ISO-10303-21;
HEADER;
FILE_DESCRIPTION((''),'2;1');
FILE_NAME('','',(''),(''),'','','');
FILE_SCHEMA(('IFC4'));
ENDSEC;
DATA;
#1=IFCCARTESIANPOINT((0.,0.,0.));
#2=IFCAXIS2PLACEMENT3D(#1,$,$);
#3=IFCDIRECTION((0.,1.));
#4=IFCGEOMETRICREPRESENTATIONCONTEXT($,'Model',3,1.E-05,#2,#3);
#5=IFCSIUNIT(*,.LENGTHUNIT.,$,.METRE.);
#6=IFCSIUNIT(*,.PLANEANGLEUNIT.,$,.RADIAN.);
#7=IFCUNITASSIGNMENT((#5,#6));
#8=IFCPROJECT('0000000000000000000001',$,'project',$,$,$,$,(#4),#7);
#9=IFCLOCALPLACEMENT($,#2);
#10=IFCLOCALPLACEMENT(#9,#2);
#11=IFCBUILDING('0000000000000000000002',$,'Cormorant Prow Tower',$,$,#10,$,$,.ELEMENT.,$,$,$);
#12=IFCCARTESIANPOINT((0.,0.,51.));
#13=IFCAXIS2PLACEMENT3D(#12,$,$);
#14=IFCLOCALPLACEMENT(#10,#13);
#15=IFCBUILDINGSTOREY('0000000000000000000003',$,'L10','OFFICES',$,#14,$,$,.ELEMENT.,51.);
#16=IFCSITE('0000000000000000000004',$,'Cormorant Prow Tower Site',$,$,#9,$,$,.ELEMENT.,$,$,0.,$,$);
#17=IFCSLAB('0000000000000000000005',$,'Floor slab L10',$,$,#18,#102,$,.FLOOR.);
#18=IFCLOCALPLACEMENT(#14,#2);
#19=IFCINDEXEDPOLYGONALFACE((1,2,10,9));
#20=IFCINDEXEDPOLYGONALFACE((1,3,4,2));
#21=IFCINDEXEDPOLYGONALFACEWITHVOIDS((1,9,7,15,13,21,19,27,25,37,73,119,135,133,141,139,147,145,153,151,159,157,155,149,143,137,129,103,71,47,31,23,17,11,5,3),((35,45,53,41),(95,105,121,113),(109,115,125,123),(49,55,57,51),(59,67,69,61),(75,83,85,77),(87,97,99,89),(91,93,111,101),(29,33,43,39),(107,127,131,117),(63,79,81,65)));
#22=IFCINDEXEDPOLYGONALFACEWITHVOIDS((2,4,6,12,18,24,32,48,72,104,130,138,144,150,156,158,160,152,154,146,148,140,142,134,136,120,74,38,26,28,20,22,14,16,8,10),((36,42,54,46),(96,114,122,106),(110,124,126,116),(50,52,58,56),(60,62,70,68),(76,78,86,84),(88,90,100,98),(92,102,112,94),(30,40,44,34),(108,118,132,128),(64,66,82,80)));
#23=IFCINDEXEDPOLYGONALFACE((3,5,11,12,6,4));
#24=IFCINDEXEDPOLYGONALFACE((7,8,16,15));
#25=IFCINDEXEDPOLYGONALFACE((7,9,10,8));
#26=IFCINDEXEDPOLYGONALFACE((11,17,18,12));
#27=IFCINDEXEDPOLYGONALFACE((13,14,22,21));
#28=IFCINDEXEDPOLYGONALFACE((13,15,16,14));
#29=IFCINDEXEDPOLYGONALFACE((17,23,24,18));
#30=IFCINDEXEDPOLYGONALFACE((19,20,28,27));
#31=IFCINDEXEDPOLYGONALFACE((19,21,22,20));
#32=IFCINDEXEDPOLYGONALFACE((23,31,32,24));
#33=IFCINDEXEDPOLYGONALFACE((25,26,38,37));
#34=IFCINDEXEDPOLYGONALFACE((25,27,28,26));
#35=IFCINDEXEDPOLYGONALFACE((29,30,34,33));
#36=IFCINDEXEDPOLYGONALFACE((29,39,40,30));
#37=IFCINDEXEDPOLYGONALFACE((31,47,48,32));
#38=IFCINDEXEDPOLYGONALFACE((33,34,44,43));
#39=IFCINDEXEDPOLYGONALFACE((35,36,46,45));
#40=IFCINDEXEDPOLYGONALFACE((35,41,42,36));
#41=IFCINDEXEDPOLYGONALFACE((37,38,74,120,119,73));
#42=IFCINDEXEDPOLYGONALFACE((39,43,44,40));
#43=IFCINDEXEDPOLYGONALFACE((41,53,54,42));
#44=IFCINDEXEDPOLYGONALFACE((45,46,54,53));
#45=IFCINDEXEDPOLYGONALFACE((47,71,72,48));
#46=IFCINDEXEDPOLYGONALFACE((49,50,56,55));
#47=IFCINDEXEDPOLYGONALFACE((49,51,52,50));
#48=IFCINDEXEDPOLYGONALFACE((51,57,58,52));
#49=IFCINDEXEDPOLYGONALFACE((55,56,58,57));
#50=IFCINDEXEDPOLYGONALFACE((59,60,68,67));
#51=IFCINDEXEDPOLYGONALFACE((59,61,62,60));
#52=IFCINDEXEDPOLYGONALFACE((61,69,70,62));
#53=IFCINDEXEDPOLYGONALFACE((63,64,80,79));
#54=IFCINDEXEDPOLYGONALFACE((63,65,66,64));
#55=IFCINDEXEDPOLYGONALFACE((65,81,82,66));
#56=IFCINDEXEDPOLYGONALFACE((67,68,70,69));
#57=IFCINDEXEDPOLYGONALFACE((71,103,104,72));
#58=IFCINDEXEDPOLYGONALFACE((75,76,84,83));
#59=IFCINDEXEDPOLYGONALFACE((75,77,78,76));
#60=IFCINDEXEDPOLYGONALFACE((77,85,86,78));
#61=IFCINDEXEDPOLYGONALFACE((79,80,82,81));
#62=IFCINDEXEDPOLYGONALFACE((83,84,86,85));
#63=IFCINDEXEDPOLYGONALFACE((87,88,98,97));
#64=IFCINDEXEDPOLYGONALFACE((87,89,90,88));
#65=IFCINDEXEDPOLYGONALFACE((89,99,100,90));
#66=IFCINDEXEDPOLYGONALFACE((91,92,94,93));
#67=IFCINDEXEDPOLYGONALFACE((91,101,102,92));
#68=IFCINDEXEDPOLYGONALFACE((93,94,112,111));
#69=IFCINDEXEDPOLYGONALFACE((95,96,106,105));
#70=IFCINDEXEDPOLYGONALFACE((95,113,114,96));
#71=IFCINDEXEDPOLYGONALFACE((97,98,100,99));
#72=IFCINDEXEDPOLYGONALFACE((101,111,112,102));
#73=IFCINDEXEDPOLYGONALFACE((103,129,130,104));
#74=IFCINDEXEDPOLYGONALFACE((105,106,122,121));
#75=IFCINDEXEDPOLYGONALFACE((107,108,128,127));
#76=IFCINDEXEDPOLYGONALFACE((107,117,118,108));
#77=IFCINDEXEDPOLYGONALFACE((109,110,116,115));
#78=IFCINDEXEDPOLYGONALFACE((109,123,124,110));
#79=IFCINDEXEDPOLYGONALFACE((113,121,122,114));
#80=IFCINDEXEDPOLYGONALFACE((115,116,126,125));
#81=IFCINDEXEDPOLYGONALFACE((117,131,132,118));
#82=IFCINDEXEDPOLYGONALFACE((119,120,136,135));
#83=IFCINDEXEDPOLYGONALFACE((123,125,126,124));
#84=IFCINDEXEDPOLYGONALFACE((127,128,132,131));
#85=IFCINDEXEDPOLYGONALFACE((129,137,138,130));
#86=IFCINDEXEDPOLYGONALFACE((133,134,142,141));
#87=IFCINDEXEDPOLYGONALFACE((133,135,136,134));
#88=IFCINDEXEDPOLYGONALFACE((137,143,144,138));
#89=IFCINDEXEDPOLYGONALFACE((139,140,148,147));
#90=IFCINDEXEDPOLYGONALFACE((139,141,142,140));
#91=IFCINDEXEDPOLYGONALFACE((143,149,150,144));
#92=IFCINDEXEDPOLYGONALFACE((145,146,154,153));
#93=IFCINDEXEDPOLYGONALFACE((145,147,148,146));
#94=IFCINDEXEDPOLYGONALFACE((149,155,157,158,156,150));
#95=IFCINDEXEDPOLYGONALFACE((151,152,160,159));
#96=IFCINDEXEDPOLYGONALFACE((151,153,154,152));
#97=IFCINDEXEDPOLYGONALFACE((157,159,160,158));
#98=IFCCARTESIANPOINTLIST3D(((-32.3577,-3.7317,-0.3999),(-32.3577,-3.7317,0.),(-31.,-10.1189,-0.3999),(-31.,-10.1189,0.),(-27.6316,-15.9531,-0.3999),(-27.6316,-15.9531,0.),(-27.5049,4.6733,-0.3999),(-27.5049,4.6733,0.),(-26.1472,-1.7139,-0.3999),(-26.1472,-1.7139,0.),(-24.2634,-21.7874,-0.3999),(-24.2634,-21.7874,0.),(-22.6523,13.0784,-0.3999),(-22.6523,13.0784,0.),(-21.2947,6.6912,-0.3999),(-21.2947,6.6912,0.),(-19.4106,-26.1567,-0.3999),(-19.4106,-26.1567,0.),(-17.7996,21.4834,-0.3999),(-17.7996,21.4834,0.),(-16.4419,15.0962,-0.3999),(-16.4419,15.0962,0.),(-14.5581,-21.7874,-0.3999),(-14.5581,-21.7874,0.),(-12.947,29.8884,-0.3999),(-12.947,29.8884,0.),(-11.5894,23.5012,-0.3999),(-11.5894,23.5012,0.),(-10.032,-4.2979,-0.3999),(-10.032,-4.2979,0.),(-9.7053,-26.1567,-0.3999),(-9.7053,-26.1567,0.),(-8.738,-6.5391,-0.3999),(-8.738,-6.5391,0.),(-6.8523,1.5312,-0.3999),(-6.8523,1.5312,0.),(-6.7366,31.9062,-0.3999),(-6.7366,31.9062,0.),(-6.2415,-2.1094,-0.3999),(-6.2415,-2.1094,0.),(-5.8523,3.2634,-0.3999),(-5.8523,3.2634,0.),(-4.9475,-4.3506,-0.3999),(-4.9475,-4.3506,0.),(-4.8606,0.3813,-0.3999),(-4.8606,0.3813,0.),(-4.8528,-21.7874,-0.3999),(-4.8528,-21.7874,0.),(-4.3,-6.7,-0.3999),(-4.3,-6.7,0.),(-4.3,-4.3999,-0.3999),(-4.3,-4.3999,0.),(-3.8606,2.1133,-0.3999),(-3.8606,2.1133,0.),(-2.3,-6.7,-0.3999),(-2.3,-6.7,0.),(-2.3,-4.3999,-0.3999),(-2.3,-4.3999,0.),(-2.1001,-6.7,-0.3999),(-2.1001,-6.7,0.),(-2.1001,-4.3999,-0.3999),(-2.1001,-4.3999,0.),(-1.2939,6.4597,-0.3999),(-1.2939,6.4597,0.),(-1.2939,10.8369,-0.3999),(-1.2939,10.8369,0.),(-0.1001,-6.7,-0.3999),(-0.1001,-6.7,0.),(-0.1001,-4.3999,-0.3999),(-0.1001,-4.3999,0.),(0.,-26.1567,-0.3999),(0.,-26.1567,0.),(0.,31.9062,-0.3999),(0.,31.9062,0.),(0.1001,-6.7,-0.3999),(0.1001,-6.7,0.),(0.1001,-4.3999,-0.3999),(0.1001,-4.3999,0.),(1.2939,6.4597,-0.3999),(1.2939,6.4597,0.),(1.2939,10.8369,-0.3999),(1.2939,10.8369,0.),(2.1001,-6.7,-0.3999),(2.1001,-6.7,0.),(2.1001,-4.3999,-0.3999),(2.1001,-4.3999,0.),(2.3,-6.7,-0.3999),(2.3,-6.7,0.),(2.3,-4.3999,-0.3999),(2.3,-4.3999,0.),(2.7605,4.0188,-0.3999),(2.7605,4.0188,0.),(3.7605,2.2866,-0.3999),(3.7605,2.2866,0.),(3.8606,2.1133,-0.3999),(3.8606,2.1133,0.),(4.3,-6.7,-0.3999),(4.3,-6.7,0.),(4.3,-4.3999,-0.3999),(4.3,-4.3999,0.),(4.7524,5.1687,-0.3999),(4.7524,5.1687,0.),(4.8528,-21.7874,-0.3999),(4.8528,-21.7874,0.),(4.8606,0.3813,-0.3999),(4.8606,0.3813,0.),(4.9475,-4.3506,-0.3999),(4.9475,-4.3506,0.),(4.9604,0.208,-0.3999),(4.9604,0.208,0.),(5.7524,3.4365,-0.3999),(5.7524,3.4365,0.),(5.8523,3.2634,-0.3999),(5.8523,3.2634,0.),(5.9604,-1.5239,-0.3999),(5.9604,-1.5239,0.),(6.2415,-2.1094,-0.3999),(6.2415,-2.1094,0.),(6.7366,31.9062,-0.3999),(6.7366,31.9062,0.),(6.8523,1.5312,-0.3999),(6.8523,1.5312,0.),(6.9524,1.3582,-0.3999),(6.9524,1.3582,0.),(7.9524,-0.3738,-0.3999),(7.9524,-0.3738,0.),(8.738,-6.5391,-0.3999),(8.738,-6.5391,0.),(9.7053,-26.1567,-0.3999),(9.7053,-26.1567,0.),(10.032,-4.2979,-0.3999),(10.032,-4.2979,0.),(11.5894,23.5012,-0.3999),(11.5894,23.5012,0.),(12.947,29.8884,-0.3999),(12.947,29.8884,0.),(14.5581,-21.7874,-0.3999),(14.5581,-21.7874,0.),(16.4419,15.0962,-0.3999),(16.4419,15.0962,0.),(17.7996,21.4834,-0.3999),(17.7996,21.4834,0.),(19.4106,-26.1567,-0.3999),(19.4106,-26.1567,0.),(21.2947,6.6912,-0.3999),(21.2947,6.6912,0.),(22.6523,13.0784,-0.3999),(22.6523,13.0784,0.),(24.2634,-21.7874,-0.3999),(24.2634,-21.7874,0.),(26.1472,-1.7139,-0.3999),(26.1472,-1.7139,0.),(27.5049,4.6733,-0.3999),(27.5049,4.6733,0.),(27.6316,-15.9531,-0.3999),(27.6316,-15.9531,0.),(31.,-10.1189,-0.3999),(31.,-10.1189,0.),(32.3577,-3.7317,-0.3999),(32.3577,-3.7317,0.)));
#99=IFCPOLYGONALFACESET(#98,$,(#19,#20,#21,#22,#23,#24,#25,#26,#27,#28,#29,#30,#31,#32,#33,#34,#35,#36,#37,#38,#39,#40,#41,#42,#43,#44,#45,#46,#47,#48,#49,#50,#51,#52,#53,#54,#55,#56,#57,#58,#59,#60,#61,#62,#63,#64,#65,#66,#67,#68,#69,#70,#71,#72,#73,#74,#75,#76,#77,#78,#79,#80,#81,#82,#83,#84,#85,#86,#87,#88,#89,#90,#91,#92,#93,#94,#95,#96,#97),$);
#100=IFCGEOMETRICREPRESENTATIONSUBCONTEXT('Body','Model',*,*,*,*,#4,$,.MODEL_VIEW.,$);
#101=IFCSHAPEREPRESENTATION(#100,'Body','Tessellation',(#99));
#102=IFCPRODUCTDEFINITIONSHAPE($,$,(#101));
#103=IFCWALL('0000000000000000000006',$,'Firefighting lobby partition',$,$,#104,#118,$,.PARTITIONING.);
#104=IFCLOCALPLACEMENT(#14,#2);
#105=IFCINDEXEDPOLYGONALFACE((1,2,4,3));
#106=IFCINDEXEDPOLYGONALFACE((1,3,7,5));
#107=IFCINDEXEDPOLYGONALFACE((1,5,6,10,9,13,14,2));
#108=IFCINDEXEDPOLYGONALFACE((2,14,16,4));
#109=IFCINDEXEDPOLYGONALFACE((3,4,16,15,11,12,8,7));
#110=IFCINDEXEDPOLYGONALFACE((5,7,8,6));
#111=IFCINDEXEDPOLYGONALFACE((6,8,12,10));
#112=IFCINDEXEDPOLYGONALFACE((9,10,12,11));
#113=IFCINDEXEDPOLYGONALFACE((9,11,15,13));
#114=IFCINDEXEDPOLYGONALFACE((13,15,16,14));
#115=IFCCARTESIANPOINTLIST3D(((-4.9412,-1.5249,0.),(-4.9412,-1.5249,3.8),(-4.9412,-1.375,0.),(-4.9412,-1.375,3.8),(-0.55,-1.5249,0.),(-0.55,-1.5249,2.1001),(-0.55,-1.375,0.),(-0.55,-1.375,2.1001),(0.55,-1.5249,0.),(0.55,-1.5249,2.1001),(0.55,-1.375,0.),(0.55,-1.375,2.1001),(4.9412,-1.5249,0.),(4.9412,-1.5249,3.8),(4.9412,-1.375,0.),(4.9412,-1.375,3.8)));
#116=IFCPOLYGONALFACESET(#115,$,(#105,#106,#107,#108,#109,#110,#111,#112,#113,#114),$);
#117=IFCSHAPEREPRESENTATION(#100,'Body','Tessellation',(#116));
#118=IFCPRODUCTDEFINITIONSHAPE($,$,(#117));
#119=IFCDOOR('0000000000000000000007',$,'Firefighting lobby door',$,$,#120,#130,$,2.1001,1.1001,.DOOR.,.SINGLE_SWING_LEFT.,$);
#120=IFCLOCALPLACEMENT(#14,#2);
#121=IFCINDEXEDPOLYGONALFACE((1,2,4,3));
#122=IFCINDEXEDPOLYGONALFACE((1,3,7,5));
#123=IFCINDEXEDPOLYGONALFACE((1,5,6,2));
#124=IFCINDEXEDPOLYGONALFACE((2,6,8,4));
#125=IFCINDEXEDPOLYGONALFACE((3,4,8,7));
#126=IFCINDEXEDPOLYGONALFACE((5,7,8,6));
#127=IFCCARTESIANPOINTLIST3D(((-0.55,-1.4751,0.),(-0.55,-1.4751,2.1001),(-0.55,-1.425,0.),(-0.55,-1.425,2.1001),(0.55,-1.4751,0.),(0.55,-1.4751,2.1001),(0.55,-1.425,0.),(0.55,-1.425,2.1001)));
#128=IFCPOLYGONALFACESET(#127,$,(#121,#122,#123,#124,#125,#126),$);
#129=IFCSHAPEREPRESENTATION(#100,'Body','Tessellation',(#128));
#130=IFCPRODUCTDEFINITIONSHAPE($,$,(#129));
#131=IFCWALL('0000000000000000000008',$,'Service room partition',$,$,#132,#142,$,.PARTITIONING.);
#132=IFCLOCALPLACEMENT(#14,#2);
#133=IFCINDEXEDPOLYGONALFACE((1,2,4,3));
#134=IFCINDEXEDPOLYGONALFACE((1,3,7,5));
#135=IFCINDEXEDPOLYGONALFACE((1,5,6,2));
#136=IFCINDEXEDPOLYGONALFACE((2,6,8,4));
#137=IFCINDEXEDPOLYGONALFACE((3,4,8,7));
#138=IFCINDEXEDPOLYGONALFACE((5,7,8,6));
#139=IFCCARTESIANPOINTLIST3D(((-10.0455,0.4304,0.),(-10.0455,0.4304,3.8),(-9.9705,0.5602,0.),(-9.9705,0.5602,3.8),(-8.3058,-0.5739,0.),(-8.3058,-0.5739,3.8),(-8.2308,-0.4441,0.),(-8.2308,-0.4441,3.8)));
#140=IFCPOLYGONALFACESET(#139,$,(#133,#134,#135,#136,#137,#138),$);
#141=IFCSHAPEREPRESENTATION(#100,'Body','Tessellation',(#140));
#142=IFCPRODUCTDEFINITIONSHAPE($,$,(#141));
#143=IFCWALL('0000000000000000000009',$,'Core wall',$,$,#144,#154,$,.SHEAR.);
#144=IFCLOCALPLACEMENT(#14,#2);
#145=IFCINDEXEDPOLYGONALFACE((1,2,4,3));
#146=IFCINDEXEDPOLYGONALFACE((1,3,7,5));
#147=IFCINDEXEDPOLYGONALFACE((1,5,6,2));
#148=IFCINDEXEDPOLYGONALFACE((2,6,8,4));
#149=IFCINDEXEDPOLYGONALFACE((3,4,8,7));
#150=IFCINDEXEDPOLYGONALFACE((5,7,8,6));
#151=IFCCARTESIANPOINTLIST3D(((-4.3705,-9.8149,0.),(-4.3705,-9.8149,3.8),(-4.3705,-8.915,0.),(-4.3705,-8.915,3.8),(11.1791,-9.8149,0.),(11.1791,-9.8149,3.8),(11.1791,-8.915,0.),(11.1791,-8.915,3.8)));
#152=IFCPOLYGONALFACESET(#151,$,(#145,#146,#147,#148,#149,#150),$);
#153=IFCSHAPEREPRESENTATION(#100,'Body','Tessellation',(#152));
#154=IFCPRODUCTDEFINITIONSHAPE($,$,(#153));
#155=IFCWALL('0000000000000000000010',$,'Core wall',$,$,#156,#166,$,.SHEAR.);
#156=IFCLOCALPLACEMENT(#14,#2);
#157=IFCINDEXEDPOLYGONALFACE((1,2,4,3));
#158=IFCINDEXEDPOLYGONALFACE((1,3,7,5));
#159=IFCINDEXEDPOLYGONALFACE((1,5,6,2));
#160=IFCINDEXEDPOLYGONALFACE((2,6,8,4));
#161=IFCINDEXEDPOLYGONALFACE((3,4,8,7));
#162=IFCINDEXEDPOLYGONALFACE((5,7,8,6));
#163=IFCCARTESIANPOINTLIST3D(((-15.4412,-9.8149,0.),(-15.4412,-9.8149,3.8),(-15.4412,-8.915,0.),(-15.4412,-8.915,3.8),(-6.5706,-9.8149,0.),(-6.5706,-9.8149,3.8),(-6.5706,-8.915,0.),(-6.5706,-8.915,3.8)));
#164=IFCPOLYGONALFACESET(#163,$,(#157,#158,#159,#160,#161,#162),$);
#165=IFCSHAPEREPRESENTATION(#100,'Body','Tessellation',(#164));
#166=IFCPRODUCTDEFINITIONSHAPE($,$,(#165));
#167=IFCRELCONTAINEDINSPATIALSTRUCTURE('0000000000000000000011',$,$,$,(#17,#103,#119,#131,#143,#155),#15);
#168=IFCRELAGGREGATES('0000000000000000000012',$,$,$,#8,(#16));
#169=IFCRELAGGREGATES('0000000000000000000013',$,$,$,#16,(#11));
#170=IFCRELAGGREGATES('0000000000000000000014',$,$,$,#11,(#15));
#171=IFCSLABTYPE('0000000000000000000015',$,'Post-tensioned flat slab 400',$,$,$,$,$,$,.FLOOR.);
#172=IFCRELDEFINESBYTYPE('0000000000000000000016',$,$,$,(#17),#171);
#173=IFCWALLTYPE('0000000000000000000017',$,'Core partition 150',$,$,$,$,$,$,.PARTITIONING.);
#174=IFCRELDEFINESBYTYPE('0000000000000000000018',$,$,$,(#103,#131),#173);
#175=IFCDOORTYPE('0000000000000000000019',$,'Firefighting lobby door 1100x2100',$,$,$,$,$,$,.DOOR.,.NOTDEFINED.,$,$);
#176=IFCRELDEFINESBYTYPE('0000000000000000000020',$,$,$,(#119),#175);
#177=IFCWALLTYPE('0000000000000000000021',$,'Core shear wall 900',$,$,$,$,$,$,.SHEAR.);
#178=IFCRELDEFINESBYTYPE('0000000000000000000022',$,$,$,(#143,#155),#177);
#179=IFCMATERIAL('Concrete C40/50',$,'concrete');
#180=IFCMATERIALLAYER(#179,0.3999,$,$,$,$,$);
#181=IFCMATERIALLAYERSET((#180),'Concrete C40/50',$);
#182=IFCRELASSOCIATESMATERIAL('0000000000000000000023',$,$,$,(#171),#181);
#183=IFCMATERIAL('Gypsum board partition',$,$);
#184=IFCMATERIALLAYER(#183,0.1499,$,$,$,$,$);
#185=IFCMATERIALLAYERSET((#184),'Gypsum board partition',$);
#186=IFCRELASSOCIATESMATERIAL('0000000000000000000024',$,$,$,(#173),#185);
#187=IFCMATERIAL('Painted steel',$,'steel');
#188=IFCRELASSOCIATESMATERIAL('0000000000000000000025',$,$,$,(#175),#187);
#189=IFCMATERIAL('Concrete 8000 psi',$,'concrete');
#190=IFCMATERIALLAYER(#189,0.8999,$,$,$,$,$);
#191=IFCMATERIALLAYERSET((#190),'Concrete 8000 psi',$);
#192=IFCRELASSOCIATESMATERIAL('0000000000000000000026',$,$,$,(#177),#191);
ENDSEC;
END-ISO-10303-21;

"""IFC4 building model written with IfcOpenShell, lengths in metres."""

from ifc_helpers import new_model, si_unit, direction, frame, frame_2d, origin, place, context, subcontext, project, spatial, polyline, rectangle, outline, extrude, material, layer, layer_set, type_object, element, fill, save


model = new_model("IFC4")

# Units and contexts
model_context = context("Model", 3, precision=1e-05, world=origin(), true_north=direction((0.0, 1.0)))
body_context = subcontext(model_context, "Body", "Model", "MODEL_VIEW")
ifc_project = project(units=[si_unit("LENGTHUNIT", "METRE"), si_unit("PLANEANGLEUNIT", "RADIAN")], contexts=[model_context])

# Site, building, storey
site_placement = place(None, origin())
site = spatial("IfcSite", under=ifc_project, at=site_placement, Name="Cormorant Prow Tower Site", CompositionType="ELEMENT", RefElevation=0.0)
building_placement = place(site_placement, origin())
building = spatial("IfcBuilding", under=site, at=building_placement, Name="Cormorant Prow Tower", CompositionType="ELEMENT")
storey_placement = place(building_placement, frame((0.0, 0.0, 51.0)))
storey = spatial("IfcBuildingStorey", under=building, at=storey_placement, Name="L10", Description="OFFICES", CompositionType="ELEMENT", Elevation=51.0)

# Slab
ifc_material_1 = material(Name="Concrete C40/50", Category="concrete")
ifc_layer_1 = layer(ifc_material_1, 0.3999)
ifc_layer_set_1 = layer_set([ifc_layer_1], Name="Concrete C40/50")
slab_type_1 = type_object("IfcSlabType", Name="Post-tensioned flat slab 400", PredefinedType="FLOOR", material=ifc_layer_set_1)
slab_1_placement = place(storey_placement, frame((0.0, 0.0, -0.3999)))
element("IfcSlab", 1, at=slab_1_placement, inside=storey, type_object=slab_type_1, Name="Floor slab L10", PredefinedType="FLOOR", context=body_context, shape_type="SweptSolid", body=[
    extrude(outline(polyline([(-12.947, 29.8884), (-11.5894, 23.5012), (-17.7996, 21.4834), (-16.4419, 15.0962), (-22.6523, 13.0784), (-21.2947, 6.6912), (-27.5049, 4.6733), (-26.1472, -1.7139), (-32.3577, -3.7317), (-31.0, -10.1189), (-27.6316, -15.9531), (-24.2634, -21.7874), (-19.4106, -26.1567), (-14.5581, -21.7874), (-9.7053, -26.1567), (-4.8528, -21.7874), (0.0, -26.1567), (4.8528, -21.7874), (9.7053, -26.1567), (14.5581, -21.7874), (19.4106, -26.1567), (24.2634, -21.7874), (27.6316, -15.9531), (31.0, -10.1189), (32.3577, -3.7317), (26.1472, -1.7139), (27.5049, 4.6733), (21.2947, 6.6912), (22.6523, 13.0784), (16.4419, 15.0962), (17.7996, 21.4834), (11.5894, 23.5012), (12.947, 29.8884), (6.7366, 31.9062), (0.0, 31.9062), (-6.7366, 31.9062), (-12.947, 29.8884)]), holes=[polyline([(-4.3, -6.7), (-4.3, -4.3999), (-2.3, -4.3999), (-2.3, -6.7), (-4.3, -6.7)]), polyline([(-2.1001, -4.3999), (-0.1001, -4.3999), (-0.1001, -6.7), (-2.1001, -6.7), (-2.1001, -4.3999)]), polyline([(2.1001, -4.3999), (2.1001, -6.7), (0.1001, -6.7), (0.1001, -4.3999), (2.1001, -4.3999)]), polyline([(4.3, -6.7), (2.3, -6.7), (2.3, -4.3999), (4.3, -4.3999), (4.3, -6.7)]), polyline([(7.9524, -0.3738), (5.9604, -1.5239), (4.9604, 0.208), (6.9524, 1.3582), (7.9524, -0.3738)]), polyline([(4.8606, 0.3813), (3.8606, 2.1133), (5.8523, 3.2634), (6.8523, 1.5312), (4.8606, 0.3813)]), polyline([(2.7605, 4.0188), (4.7524, 5.1687), (5.7524, 3.4365), (3.7605, 2.2866), (2.7605, 4.0188)]), polyline([(-6.8523, 1.5312), (-5.8523, 3.2634), (-3.8606, 2.1133), (-4.8606, 0.3813), (-6.8523, 1.5312)]), polyline([(-4.9475, -4.3506), (-8.738, -6.5391), (-10.032, -4.2979), (-6.2415, -2.1094), (-4.9475, -4.3506)]), polyline([(10.032, -4.2979), (8.738, -6.5391), (4.9475, -4.3506), (6.2415, -2.1094), (10.032, -4.2979)]), polyline([(1.2939, 10.8369), (1.2939, 6.4597), (-1.2939, 6.4597), (-1.2939, 10.8369), (1.2939, 10.8369)])]), origin(), (0.0, 0.0, 1.0), 0.3999),
])

# Wall, opening, door
ifc_material_2 = material(Name="Gypsum board partition")
ifc_layer_2 = layer(ifc_material_2, 0.1499)
ifc_layer_set_2 = layer_set([ifc_layer_2], Name="Gypsum board partition")
wall_type_1 = type_object("IfcWallType", Name="Core partition 150", PredefinedType="PARTITIONING", material=ifc_layer_set_2)
wall_1_placement = place(storey_placement, frame((-4.9412, -1.45, 0.0), z_axis=(0.0, 0.0, 1.0), x_axis=(1.0, 0.0, 0.0)))
wall_1 = element("IfcWall", 2, at=wall_1_placement, inside=storey, type_object=wall_type_1, Name="Firefighting lobby partition", PredefinedType="PARTITIONING", context=body_context, shape_type="SweptSolid", body=[
    extrude(rectangle(XDim=9.8823, YDim=0.1499, at=frame_2d((4.9412, 0.0))), origin(), (0.0, 0.0, 1.0), 3.8),
])
opening_1_placement = place(wall_1_placement, frame((4.3911, 0.0, 0.0)))
opening_1 = element("IfcOpeningElement", 3, at=opening_1_placement, cuts=wall_1, PredefinedType="OPENING", context=body_context, shape_type="SweptSolid", body=[
    extrude(rectangle(XDim=1.1001, YDim=2.1001, at=frame_2d((0.55, 1.05))), frame((0.0, 0.085, 0.0), z_axis=(0.0, -1.0, 0.0), x_axis=(1.0, 0.0, 0.0)), (0.0, 0.0, 1.0), 0.1699),
])
ifc_material_3 = material(Name="Painted steel", Category="steel")
door_type_1 = type_object("IfcDoorType", Name="Firefighting lobby door 1100x2100", OperationType="NOTDEFINED", PredefinedType="DOOR", material=ifc_material_3)
door_1_placement = place(opening_1_placement, origin())
door_1 = element("IfcDoor", 4, at=door_1_placement, inside=storey, type_object=door_type_1, Name="Firefighting lobby door", OperationType="SINGLE_SWING_LEFT", OverallHeight=2.1001, OverallWidth=1.1001, PredefinedType="DOOR", context=body_context, shape_type="SweptSolid", body=[
    extrude(rectangle(XDim=1.1001, YDim=2.1001, at=frame_2d((0.55, 1.05))), frame((0.0, 0.0249, 0.0), z_axis=(0.0, -1.0, 0.0), x_axis=(1.0, 0.0, 0.0)), (0.0, 0.0, 1.0), 0.05),
])
fill(opening_1, door_1)

# Walls
wall_2_placement = place(storey_placement, frame((-8.2683, -0.509, 0.0), z_axis=(0.0, 0.0, 1.0), x_axis=(-0.866036, 0.499982, 0.0)))
element("IfcWall", 5, at=wall_2_placement, inside=storey, type_object=wall_type_1, Name="Service room partition", PredefinedType="PARTITIONING", context=body_context, shape_type="SweptSolid", body=[
    extrude(rectangle(XDim=2.0088, YDim=0.1499, at=frame_2d((1.0044, 0.0))), origin(), (0.0, 0.0, 1.0), 3.8),
])
ifc_material_4 = material(Name="Concrete 8000 psi", Category="concrete")
ifc_layer_3 = layer(ifc_material_4, 0.8999)
ifc_layer_set_3 = layer_set([ifc_layer_3], Name="Concrete 8000 psi")
wall_type_2 = type_object("IfcWallType", Name="Core shear wall 900", PredefinedType="SHEAR", material=ifc_layer_set_3)
wall_3_placement = place(storey_placement, frame((-4.3706, -9.365, 0.0), z_axis=(0.0, 0.0, 1.0), x_axis=(1.0, 0.0, 0.0)))
element("IfcWall", 6, at=wall_3_placement, inside=storey, type_object=wall_type_2, Name="Core wall", PredefinedType="SHEAR", context=body_context, shape_type="SweptSolid", body=[
    extrude(rectangle(XDim=15.5496, YDim=0.8999, at=frame_2d((7.7749, 0.0))), origin(), (0.0, 0.0, 1.0), 3.8),
])
wall_4_placement = place(storey_placement, frame((-15.4412, -9.365, 0.0), z_axis=(0.0, 0.0, 1.0), x_axis=(1.0, 0.0, 0.0)))
element("IfcWall", 7, at=wall_4_placement, inside=storey, type_object=wall_type_2, Name="Core wall", PredefinedType="SHEAR", context=body_context, shape_type="SweptSolid", body=[
    extrude(rectangle(XDim=8.8706, YDim=0.8999, at=frame_2d((4.4353, 0.0))), origin(), (0.0, 0.0, 1.0), 3.8),
])

save(model, "model.ifc")
